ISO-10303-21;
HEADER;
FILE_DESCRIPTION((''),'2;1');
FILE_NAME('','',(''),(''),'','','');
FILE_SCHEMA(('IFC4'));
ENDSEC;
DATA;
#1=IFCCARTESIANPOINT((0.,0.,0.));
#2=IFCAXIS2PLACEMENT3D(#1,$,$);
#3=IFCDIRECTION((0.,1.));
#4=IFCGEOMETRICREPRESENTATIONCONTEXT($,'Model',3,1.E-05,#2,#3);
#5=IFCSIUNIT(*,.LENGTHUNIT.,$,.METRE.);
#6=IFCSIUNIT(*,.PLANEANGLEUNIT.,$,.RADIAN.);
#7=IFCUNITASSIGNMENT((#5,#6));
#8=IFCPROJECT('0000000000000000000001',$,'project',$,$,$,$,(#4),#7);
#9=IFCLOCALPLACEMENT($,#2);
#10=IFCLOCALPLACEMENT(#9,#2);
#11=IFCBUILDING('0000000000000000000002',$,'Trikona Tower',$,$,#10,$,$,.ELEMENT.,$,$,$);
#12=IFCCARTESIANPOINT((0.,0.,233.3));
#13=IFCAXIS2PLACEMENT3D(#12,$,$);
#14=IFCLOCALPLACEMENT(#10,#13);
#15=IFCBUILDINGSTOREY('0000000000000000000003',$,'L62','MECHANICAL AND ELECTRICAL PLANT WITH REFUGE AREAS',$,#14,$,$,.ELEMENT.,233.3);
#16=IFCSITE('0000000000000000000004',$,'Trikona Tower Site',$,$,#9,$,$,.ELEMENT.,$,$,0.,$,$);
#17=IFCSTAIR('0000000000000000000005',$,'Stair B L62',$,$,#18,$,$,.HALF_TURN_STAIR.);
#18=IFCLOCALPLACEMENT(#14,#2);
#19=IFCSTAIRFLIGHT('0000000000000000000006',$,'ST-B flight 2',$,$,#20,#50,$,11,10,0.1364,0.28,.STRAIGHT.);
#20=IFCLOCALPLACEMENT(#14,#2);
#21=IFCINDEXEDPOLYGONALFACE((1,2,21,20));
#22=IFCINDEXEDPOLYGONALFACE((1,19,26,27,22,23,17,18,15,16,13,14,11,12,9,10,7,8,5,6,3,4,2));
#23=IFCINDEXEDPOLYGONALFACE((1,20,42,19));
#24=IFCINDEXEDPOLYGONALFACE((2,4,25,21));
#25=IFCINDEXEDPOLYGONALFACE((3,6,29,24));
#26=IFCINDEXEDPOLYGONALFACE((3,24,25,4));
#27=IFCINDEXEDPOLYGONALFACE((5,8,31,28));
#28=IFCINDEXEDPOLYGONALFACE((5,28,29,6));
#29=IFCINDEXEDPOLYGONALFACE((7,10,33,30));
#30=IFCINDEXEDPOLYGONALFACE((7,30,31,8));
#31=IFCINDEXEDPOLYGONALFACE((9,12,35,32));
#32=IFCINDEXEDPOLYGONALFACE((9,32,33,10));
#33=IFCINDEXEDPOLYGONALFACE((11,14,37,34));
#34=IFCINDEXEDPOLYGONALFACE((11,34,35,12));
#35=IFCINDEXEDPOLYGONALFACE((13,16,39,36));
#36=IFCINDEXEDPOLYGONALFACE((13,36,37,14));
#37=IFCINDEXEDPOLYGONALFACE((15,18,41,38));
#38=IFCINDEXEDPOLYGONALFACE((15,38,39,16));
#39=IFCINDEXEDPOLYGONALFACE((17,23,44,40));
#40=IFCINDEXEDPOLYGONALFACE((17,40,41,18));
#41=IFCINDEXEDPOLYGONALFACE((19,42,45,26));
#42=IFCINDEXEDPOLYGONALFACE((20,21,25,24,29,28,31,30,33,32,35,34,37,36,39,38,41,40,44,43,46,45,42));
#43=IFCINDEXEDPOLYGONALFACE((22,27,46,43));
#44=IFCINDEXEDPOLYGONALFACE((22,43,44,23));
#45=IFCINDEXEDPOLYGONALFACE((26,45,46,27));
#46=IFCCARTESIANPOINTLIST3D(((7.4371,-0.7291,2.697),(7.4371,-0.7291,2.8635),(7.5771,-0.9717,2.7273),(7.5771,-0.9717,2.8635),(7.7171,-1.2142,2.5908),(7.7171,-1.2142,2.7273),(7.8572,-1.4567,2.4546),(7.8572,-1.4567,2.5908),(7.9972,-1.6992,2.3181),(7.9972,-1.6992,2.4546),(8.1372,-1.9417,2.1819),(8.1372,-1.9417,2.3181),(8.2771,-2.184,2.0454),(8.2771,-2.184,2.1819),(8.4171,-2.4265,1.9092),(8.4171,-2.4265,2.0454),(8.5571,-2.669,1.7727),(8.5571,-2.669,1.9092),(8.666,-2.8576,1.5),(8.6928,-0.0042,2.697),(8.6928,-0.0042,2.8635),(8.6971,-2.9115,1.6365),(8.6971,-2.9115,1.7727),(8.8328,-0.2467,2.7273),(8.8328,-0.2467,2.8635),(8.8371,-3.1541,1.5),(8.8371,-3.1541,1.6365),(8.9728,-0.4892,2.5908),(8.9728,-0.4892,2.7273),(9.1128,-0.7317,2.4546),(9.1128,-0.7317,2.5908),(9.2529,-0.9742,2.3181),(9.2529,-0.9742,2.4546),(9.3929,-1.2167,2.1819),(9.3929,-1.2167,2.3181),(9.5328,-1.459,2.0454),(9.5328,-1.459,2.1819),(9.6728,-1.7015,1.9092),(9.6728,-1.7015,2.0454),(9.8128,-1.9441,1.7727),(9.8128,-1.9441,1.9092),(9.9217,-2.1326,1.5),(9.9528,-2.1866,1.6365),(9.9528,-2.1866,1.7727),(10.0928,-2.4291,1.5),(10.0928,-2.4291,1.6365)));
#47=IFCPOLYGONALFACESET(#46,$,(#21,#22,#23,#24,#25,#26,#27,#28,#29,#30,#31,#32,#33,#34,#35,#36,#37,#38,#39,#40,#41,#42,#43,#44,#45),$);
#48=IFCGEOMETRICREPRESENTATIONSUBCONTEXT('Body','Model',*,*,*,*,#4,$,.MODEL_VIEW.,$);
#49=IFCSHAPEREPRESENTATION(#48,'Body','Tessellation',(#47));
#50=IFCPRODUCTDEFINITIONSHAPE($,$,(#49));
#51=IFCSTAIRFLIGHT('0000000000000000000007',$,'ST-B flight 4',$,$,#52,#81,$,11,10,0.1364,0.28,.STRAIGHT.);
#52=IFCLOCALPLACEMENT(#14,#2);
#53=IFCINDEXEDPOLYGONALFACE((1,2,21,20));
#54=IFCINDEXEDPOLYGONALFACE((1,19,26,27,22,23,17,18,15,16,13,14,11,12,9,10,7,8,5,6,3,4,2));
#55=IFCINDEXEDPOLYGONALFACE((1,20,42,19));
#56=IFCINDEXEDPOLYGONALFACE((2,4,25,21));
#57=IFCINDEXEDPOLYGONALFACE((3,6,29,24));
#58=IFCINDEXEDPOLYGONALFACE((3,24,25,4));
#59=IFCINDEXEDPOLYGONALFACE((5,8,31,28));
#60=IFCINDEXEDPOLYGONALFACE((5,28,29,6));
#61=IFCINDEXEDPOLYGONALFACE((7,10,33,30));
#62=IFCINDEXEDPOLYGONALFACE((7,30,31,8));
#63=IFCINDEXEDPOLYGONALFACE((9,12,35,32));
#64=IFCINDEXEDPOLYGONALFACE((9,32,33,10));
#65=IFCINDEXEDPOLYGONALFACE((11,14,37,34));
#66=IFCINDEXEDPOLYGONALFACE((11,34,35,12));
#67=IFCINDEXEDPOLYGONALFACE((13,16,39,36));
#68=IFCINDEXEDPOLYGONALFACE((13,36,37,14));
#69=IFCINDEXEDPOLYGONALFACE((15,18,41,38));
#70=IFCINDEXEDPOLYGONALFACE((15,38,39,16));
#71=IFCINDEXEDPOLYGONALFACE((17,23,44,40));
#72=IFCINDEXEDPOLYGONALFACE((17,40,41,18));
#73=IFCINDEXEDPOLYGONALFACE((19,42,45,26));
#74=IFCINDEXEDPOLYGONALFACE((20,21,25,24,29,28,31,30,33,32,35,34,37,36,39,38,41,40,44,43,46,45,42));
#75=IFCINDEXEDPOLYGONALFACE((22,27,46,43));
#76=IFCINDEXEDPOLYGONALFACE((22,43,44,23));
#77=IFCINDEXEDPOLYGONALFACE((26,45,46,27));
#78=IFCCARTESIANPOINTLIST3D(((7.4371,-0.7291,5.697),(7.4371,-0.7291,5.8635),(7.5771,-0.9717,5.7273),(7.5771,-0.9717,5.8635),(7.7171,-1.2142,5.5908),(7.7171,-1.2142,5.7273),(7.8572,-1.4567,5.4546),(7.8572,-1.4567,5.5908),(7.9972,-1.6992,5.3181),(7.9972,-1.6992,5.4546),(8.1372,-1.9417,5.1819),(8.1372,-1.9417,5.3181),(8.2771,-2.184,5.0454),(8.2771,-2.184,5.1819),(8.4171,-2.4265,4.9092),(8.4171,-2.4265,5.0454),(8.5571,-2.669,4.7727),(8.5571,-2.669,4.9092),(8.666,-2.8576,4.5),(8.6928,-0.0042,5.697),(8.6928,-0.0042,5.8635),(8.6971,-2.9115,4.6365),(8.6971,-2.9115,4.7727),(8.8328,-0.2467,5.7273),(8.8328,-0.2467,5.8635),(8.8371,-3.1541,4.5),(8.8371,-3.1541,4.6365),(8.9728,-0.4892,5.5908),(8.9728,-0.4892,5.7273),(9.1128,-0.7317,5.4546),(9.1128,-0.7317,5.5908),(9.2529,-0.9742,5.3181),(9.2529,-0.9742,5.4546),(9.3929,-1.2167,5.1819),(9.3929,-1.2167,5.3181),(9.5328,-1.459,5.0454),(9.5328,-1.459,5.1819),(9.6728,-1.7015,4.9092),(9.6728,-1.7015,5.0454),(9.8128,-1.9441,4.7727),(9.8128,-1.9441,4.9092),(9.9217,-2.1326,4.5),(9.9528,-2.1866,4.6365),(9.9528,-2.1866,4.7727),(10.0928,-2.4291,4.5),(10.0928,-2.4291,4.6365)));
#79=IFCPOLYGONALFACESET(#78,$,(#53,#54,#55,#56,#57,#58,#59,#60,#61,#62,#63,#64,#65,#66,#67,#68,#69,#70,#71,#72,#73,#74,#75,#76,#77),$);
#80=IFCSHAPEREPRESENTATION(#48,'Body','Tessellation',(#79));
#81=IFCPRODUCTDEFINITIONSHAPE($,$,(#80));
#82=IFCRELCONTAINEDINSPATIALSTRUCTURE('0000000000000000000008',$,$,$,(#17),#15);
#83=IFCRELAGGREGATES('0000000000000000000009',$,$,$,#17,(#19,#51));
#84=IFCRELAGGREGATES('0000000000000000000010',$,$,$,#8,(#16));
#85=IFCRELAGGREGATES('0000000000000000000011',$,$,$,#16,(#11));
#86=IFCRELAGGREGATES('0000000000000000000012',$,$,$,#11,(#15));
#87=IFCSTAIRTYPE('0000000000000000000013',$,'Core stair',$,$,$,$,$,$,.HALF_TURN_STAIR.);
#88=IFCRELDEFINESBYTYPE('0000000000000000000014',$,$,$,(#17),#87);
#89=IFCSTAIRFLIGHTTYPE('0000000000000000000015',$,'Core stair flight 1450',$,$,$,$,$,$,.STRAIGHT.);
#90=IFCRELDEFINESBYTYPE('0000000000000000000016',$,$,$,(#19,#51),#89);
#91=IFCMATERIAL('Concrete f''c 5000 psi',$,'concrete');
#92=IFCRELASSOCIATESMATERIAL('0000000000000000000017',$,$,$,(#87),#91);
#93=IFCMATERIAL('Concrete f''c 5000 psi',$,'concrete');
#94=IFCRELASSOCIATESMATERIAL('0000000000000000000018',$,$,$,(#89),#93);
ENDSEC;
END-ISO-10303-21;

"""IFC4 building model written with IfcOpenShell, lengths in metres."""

from ifc_helpers import new_model, si_unit, direction, frame, origin, place, context, subcontext, project, spatial, polyline, outline, extrude, material, type_object, element, aggregate, save


model = new_model("IFC4")

# Units and contexts
model_context = context("Model", 3, precision=1e-05, world=origin(), true_north=direction((0.0, 1.0)))
body_context = subcontext(model_context, "Body", "Model", "MODEL_VIEW")
ifc_project = project(units=[si_unit("LENGTHUNIT", "METRE"), si_unit("PLANEANGLEUNIT", "RADIAN")], contexts=[model_context])

# Site, building, storey
site_placement = place(None, origin())
site = spatial("IfcSite", under=ifc_project, at=site_placement, Name="Trikona Tower Site", CompositionType="ELEMENT", RefElevation=0.0)
building_placement = place(site_placement, origin())
building = spatial("IfcBuilding", under=site, at=building_placement, Name="Trikona Tower", CompositionType="ELEMENT")
storey_placement = place(building_placement, frame((0.0, 0.0, 233.3)))
storey = spatial("IfcBuildingStorey", under=building, at=storey_placement, Name="L62", Description="MECHANICAL AND ELECTRICAL PLANT WITH REFUGE AREAS", CompositionType="ELEMENT", Elevation=233.3)

# Shared definitions
ifc_material_1 = material(Name="Concrete f'c 5000 psi", Category="concrete")
stair_type = type_object("IfcStairType", Name="Core stair", PredefinedType="HALF_TURN_STAIR", material=ifc_material_1)

# Stair, stair flights
stair_1_placement = place(storey_placement, origin())
stair_1 = element("IfcStair", 1, at=stair_1_placement, inside=storey, type_object=stair_type, Name="Stair B L62", PredefinedType="HALF_TURN_STAIR")
ifc_material_2 = material(Name="Concrete f'c 5000 psi", Category="concrete")
stair_flight_type = type_object("IfcStairFlightType", Name="Core stair flight 1450", PredefinedType="STRAIGHT", material=ifc_material_2)
stair_flight_1_placement = place(storey_placement, frame((9.4651, -2.7915, 1.5), z_axis=(0.0, 0.0, 1.0), x_axis=(-0.5, 0.866025, 0.0)))
stair_flight_1 = element("IfcStairFlight", 2, at=stair_flight_1_placement, type_object=stair_flight_type, Name="ST-B flight 2", NumberOfRisers=11, NumberOfTreads=10, PredefinedType="STRAIGHT", RiserHeight=0.1364, TreadLength=0.28, context=body_context, shape_type="SweptSolid", body=[
    extrude(outline(polyline([(0.0, 0.0), (0.0, 0.1365), (0.28, 0.1365), (0.28, 0.2727), (0.5601, 0.2727), (0.5601, 0.4092), (0.8401, 0.4092), (0.8401, 0.5454), (1.1201, 0.5454), (1.1201, 0.6819), (1.3999, 0.6819), (1.3999, 0.8181), (1.6799, 0.8181), (1.6799, 0.9546), (1.96, 0.9546), (1.96, 1.0908), (2.24, 1.0908), (2.24, 1.2273), (2.52, 1.2273), (2.52, 1.3635), (2.8, 1.3635), (2.8, 1.5), (2.8, 1.197), (0.3423, 0.0), (0.0, 0.0)])), frame((0.0, 0.7251, 0.0), z_axis=(0.0, -1.0, 0.0), x_axis=(1.0, 0.0, 0.0)), (0.0, 0.0, 1.0), 1.45),
])
stair_flight_2_placement = place(storey_placement, frame((9.4651, -2.7915, 4.5), z_axis=(0.0, 0.0, 1.0), x_axis=(-0.5, 0.866025, 0.0)))
stair_flight_2 = element("IfcStairFlight", 3, at=stair_flight_2_placement, type_object=stair_flight_type, Name="ST-B flight 4", NumberOfRisers=11, NumberOfTreads=10, PredefinedType="STRAIGHT", RiserHeight=0.1364, TreadLength=0.28, context=body_context, shape_type="SweptSolid", body=[
    extrude(outline(polyline([(0.0, 0.0), (0.0, 0.1365), (0.28, 0.1365), (0.28, 0.2727), (0.5601, 0.2727), (0.5601, 0.4092), (0.8401, 0.4092), (0.8401, 0.5454), (1.1201, 0.5454), (1.1201, 0.6819), (1.3999, 0.6819), (1.3999, 0.8181), (1.6799, 0.8181), (1.6799, 0.9546), (1.96, 0.9546), (1.96, 1.0908), (2.24, 1.0908), (2.24, 1.2273), (2.52, 1.2273), (2.52, 1.3635), (2.8, 1.3635), (2.8, 1.5), (2.8, 1.197), (0.3423, 0.0), (0.0, 0.0)])), frame((0.0, 0.7251, 0.0), z_axis=(0.0, -1.0, 0.0), x_axis=(1.0, 0.0, 0.0)), (0.0, 0.0, 1.0), 1.45),
])
aggregate(stair_1, [stair_flight_1, stair_flight_2])

save(model, "model.ifc")
